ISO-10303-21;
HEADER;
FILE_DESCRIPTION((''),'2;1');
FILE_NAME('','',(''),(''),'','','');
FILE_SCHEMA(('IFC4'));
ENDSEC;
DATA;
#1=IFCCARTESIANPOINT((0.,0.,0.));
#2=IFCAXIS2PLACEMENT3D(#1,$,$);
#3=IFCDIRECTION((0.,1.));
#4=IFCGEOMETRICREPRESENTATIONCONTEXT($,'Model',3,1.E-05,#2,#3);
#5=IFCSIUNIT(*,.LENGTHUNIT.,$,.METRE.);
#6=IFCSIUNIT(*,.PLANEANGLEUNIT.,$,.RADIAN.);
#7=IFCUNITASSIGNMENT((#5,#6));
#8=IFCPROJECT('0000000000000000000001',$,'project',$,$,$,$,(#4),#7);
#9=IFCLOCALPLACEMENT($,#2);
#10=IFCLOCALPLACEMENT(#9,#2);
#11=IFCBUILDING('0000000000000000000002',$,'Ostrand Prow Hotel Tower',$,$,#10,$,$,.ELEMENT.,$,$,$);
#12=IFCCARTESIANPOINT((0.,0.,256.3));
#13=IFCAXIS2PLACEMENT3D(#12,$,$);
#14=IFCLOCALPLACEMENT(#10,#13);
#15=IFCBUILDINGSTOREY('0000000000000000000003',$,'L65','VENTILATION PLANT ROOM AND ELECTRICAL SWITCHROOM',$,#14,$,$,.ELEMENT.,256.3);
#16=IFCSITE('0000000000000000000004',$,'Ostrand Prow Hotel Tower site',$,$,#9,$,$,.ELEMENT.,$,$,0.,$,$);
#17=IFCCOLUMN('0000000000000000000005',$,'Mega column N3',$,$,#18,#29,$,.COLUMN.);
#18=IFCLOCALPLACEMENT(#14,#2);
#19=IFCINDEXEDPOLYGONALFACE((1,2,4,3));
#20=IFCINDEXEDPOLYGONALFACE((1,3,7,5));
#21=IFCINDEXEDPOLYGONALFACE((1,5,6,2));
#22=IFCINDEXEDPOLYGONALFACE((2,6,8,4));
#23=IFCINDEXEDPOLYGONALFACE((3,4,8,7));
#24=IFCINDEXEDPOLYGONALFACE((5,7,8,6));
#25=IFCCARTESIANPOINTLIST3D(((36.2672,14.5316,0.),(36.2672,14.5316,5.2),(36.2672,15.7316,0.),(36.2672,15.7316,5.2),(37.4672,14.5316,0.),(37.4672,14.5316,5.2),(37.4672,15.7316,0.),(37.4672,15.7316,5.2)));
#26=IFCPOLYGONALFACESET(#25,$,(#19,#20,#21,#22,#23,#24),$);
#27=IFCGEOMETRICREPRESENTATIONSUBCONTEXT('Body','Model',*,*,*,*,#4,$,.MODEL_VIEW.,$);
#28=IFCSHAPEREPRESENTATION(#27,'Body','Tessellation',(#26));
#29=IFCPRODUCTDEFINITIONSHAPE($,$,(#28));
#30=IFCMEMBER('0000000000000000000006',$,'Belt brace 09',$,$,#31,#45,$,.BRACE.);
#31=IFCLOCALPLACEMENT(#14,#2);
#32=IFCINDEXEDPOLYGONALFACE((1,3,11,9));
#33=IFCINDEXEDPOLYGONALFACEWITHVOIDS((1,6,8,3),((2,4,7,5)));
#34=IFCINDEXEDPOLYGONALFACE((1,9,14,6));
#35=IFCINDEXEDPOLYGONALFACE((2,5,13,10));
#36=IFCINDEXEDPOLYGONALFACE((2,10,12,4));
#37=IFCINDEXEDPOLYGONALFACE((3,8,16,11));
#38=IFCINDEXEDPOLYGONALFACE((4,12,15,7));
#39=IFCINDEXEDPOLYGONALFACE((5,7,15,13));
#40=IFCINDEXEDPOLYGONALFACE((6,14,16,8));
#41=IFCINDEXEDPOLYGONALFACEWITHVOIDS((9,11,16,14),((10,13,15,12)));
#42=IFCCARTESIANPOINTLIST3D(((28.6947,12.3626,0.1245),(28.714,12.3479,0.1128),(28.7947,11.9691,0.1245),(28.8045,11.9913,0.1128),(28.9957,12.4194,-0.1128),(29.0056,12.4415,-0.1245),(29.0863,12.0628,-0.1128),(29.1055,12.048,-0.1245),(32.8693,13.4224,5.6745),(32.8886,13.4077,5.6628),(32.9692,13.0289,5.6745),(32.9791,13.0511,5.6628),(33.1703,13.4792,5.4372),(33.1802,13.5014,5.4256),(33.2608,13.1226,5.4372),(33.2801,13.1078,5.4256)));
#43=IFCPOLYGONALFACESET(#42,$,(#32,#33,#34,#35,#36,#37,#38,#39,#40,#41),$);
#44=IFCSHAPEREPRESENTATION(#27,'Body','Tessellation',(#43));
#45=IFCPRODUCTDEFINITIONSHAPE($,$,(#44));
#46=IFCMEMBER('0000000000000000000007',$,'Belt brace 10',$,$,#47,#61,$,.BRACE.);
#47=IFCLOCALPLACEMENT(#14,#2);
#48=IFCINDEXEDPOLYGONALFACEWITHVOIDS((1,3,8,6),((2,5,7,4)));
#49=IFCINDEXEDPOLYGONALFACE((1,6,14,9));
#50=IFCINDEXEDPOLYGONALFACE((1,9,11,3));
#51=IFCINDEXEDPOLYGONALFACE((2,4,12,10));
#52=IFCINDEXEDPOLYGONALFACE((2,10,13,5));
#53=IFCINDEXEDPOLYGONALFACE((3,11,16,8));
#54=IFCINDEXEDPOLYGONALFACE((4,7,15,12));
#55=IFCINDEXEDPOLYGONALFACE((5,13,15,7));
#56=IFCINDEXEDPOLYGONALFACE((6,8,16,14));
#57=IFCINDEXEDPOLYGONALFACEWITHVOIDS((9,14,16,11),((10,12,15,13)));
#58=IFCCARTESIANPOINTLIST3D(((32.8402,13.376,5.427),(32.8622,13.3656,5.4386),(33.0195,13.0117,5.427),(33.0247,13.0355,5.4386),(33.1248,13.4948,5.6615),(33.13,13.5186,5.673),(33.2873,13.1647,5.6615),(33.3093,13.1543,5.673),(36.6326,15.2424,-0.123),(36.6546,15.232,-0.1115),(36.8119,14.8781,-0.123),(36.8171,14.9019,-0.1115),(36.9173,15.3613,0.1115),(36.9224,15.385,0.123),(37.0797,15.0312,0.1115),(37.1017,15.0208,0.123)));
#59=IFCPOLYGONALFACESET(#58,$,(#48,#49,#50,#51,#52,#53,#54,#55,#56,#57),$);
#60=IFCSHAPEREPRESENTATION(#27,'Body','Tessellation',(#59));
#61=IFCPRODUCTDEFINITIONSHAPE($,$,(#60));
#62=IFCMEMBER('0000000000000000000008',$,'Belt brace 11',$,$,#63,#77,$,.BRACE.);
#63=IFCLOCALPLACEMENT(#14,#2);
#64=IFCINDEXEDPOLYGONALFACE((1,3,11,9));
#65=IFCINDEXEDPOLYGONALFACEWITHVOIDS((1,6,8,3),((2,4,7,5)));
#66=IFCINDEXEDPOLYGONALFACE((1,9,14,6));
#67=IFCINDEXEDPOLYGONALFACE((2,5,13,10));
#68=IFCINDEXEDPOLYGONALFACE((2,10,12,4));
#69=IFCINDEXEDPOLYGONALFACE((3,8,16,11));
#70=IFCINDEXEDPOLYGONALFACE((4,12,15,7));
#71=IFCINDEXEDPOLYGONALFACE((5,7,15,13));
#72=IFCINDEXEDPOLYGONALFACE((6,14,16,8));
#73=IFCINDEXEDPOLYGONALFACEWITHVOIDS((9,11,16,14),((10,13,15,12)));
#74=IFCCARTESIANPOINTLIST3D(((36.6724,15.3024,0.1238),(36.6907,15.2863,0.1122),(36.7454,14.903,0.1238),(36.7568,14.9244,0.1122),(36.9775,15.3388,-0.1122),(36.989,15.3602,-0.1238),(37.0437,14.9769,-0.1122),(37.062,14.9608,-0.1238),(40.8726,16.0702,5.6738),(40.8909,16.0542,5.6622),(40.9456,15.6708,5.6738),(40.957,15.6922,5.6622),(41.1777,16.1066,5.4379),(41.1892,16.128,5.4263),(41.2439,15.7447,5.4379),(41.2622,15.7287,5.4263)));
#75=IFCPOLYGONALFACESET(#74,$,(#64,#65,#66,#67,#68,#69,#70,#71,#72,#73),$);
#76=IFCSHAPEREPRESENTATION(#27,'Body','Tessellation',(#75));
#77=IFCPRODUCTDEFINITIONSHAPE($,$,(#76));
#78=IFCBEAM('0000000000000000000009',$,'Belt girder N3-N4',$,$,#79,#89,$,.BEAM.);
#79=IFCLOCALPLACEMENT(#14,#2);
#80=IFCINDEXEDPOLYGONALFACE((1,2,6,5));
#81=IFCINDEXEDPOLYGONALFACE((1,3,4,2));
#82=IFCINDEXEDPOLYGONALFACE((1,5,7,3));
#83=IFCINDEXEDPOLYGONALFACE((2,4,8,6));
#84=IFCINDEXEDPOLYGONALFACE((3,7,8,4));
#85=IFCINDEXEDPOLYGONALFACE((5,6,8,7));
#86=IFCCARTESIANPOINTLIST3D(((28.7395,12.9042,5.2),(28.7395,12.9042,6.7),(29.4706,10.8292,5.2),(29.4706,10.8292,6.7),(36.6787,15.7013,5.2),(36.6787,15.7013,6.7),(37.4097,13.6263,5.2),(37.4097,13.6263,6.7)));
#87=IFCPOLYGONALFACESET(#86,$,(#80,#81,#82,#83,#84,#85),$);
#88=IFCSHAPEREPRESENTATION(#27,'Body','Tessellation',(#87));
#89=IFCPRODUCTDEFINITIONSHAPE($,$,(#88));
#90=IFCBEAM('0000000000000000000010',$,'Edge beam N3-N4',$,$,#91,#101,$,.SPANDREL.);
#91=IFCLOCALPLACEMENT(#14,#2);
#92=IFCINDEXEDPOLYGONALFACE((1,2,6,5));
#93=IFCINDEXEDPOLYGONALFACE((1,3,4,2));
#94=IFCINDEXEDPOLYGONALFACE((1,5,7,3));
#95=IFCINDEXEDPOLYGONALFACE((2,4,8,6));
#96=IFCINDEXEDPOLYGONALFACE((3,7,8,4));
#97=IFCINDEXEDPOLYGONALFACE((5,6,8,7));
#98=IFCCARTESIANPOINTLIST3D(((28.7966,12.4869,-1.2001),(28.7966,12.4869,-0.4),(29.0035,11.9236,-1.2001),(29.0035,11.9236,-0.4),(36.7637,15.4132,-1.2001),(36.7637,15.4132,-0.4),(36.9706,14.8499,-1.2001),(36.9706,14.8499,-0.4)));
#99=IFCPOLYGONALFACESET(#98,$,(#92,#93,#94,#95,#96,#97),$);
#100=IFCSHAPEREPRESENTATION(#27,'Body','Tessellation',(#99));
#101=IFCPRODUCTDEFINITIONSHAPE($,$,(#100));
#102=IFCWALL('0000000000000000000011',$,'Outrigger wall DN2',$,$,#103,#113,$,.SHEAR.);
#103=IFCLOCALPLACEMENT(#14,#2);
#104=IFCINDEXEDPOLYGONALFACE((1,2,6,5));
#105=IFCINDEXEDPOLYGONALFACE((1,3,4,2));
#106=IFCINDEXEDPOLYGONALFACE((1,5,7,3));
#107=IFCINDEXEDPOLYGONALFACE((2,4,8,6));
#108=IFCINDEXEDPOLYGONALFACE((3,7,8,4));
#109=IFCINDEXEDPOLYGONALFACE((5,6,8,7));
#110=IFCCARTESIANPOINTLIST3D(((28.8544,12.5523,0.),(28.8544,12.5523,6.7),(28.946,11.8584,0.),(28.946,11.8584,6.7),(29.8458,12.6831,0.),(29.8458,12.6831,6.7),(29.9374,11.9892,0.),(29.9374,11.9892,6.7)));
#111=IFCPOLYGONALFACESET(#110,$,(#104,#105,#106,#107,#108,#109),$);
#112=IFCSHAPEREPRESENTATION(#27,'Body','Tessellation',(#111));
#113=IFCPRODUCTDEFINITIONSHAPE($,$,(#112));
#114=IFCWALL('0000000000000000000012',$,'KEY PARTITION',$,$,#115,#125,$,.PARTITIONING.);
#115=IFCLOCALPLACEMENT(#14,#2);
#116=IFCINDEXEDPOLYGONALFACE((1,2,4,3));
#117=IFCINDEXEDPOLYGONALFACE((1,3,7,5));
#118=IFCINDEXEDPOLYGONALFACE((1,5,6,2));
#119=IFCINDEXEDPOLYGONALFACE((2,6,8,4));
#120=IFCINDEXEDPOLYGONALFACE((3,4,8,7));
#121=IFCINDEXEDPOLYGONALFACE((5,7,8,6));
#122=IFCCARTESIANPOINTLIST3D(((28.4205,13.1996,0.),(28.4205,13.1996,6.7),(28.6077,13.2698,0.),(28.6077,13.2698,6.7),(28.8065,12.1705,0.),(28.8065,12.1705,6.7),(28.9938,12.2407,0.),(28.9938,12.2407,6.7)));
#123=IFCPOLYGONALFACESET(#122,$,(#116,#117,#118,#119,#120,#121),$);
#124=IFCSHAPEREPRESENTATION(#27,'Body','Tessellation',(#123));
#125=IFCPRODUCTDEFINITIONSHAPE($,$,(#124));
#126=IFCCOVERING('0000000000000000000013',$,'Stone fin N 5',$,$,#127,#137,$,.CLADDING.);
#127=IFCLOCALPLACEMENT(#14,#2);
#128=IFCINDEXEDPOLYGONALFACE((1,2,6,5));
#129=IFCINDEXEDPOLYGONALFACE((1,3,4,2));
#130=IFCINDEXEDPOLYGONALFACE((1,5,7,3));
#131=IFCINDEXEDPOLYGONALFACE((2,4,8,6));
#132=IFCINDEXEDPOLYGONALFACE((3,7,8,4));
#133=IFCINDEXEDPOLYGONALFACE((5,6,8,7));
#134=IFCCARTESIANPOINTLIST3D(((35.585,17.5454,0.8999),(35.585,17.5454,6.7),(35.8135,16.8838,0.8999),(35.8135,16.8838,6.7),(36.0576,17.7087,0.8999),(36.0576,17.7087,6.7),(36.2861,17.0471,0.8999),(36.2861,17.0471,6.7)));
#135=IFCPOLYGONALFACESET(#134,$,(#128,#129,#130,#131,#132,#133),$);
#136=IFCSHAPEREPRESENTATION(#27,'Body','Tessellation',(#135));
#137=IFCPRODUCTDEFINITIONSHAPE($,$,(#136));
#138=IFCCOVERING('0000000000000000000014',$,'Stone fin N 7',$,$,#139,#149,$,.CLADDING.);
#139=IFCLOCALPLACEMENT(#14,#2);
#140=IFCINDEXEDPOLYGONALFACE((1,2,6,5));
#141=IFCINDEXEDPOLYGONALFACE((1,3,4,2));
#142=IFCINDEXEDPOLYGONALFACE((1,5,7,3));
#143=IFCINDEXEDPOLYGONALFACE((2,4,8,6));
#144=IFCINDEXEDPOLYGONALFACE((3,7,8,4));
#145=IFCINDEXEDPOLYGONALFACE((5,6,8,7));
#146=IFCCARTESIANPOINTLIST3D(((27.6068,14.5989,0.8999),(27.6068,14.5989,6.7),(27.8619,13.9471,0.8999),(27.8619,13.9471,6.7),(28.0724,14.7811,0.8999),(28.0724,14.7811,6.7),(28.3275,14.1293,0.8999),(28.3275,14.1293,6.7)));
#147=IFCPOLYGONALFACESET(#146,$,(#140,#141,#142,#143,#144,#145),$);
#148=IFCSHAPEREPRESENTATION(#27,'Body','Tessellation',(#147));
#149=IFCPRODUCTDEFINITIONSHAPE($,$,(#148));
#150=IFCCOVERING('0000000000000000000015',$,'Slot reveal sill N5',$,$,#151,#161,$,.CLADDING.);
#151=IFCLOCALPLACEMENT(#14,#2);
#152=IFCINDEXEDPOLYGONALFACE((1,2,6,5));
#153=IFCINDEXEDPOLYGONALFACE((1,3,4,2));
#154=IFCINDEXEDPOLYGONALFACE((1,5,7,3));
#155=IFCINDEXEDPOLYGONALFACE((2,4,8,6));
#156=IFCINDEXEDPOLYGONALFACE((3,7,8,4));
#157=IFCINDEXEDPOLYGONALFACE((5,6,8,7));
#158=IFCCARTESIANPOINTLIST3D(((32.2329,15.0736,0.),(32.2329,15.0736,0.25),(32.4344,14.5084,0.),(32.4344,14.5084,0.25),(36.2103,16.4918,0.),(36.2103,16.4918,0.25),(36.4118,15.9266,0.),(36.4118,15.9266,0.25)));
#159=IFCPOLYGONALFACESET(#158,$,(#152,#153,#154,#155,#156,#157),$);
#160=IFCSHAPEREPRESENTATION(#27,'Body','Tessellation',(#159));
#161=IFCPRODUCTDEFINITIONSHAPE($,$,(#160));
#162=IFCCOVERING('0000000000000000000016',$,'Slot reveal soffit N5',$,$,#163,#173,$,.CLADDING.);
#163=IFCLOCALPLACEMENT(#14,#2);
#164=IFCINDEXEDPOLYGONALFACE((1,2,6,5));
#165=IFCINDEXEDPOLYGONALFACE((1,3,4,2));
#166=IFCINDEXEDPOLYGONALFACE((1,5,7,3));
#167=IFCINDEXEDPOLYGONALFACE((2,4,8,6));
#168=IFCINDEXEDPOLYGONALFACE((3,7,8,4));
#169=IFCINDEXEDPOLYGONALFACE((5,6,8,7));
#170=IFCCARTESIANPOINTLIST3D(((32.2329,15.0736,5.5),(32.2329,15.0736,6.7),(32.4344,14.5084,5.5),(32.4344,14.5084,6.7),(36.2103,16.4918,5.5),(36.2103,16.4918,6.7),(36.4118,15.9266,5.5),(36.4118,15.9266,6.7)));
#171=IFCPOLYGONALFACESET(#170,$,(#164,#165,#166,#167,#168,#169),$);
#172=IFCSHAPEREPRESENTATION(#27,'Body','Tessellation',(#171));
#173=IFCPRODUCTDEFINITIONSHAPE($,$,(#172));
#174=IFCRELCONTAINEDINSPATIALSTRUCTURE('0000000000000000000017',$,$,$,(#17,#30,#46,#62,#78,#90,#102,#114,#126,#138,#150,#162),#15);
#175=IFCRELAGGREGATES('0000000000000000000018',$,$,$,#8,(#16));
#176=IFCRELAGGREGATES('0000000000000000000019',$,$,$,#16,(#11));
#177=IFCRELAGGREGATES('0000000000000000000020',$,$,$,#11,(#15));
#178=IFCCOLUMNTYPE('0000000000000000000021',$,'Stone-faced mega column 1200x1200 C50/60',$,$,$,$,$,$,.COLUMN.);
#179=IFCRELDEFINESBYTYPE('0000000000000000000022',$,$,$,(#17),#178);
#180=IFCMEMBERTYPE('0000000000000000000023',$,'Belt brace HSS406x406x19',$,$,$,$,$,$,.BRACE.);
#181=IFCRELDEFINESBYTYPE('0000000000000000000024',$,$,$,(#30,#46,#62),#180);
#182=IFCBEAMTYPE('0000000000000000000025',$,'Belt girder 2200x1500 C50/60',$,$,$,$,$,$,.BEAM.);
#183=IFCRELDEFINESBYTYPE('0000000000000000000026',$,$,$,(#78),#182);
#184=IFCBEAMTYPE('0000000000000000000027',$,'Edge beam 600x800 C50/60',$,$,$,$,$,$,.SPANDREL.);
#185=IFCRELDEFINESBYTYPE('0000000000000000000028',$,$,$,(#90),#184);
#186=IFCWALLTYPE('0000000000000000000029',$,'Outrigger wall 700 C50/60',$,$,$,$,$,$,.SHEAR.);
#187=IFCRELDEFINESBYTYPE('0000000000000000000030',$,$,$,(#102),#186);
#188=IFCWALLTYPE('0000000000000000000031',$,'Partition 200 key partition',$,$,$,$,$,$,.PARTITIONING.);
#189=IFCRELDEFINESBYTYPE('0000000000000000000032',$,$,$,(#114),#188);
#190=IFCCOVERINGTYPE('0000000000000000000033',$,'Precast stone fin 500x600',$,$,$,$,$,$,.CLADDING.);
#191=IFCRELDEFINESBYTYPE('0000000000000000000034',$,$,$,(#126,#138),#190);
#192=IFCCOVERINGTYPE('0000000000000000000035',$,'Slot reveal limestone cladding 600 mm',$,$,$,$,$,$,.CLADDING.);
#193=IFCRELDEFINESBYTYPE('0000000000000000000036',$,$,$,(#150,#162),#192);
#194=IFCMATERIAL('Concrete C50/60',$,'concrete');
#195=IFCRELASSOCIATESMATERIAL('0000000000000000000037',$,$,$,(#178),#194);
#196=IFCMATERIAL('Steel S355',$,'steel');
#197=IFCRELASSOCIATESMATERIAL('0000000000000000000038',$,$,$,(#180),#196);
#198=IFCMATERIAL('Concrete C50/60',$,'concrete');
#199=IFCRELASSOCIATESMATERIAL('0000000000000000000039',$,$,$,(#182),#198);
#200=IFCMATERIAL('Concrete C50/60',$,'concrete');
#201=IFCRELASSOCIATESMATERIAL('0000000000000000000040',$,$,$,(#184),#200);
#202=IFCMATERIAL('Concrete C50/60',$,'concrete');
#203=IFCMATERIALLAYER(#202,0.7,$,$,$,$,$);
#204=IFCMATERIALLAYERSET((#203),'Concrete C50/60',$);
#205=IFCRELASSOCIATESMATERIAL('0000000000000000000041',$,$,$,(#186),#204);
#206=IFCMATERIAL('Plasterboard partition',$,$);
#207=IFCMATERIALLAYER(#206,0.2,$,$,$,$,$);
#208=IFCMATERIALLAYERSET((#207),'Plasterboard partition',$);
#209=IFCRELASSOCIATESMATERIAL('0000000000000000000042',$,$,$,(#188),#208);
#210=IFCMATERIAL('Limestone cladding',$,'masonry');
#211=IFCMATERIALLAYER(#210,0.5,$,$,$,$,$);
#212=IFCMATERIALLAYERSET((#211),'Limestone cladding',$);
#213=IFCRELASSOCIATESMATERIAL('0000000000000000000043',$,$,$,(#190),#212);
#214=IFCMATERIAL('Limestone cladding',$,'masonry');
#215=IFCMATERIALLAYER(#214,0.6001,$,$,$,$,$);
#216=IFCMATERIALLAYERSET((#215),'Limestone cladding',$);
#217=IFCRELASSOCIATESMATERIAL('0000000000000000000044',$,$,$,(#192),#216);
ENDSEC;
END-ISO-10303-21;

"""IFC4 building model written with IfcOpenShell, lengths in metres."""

from ifc_helpers import new_model, si_unit, direction, frame, frame_2d, origin, origin_2d, place, context, subcontext, project, spatial, rectangle, hollow_rectangle, extrude, material, layer, layer_set, material_profile, profile_set, type_object, element, save


model = new_model("IFC4")

# Units and contexts
model_context = context("Model", 3, precision=1e-05, world=origin(), true_north=direction((0.0, 1.0)))
body_context = subcontext(model_context, "Body", "Model", "MODEL_VIEW")
ifc_project = project(units=[si_unit("LENGTHUNIT", "METRE"), si_unit("PLANEANGLEUNIT", "RADIAN")], contexts=[model_context])

# Site, building, storey
site_placement = place(None, origin())
site = spatial("IfcSite", under=ifc_project, at=site_placement, Name="Ostrand Prow Hotel Tower site", CompositionType="ELEMENT", RefElevation=0.0)
building_placement = place(site_placement, origin())
building = spatial("IfcBuilding", under=site, at=building_placement, Name="Ostrand Prow Hotel Tower", CompositionType="ELEMENT")
storey_placement = place(building_placement, frame((0.0, 0.0, 256.3)))
storey = spatial("IfcBuildingStorey", under=building, at=storey_placement, Name="L65", Description="VENTILATION PLANT ROOM AND ELECTRICAL SWITCHROOM", CompositionType="ELEMENT", Elevation=256.3)

# Column
ifc_material_1 = material(Name="Concrete C50/60", Category="concrete")
ifc_material_profile_1 = material_profile(ifc_material_1, rectangle(XDim=1.2, YDim=1.2, at=origin_2d()), Name="RC 1200x1200")
ifc_profile_set_1 = profile_set([ifc_material_profile_1], Name="Concrete C50/60")
column_type = type_object("IfcColumnType", Name="Stone-faced mega column 1200x1200 C50/60", PredefinedType="COLUMN", material=ifc_profile_set_1)
column_placement = place(storey_placement, frame((36.8672, 15.1316, 0.0), z_axis=(0.0, 0.0, 1.0), x_axis=(1.0, 0.0, 0.0)))
element("IfcColumn", 1, at=column_placement, inside=storey, type_object=column_type, Name="Mega column N3", PredefinedType="COLUMN", context=body_context, shape_type="SweptSolid", body=[
    extrude(rectangle(XDim=1.2, YDim=1.2, at=origin_2d()), origin(), (0.0, 0.0, 1.0), 5.2),
])

# Members
ifc_material_2 = material(Name="Steel S355", Category="steel")
ifc_material_profile_2 = material_profile(ifc_material_2, hollow_rectangle(XDim=0.406, YDim=0.406, WallThickness=0.019, at=origin_2d()), Name="HSS406x406x19")
ifc_profile_set_2 = profile_set([ifc_material_profile_2], Name="Steel S355")
member_type = type_object("IfcMemberType", Name="Belt brace HSS406x406x19", PredefinedType="BRACE", material=ifc_profile_set_2)
member_1_placement = place(storey_placement, frame((28.9001, 12.2053, 0.0), z_axis=(0.594228, 0.150859, 0.790022), x_axis=(-0.246068, 0.969252, 0.0)))
element("IfcMember", 2, at=member_1_placement, inside=storey, type_object=member_type, Name="Belt brace 09", PredefinedType="BRACE", context=body_context, shape_type="SweptSolid", body=[
    extrude(hollow_rectangle(XDim=0.406, YDim=0.406, WallThickness=0.019, at=origin_2d()), origin(), (0.0, 0.0, 1.0), 7.0251),
])
member_2_placement = place(storey_placement, frame((36.8672, 15.1316, 0.0), z_axis=(-0.543619, -0.26754, 0.795551), x_axis=(0.441567, -0.897228, 0.0)))
element("IfcMember", 3, at=member_2_placement, inside=storey, type_object=member_type, Name="Belt brace 10", PredefinedType="BRACE", context=body_context, shape_type="SweptSolid", body=[
    extrude(hollow_rectangle(XDim=0.406, YDim=0.406, WallThickness=0.019, at=origin_2d()), origin(), (0.0, 0.0, 1.0), 6.9763),
])
member_3_placement = place(storey_placement, frame((36.8672, 15.1316, 0.0), z_axis=(0.599818, 0.109651, 0.792587), x_axis=(-0.179826, 0.983698, 0.0)))
element("IfcMember", 4, at=member_3_placement, inside=storey, type_object=member_type, Name="Belt brace 11", PredefinedType="BRACE", context=body_context, shape_type="SweptSolid", body=[
    extrude(hollow_rectangle(XDim=0.406, YDim=0.406, WallThickness=0.019, at=origin_2d()), origin(), (0.0, 0.0, 1.0), 7.0024),
])

# Beams
ifc_material_3 = material(Name="Concrete C50/60", Category="concrete")
ifc_material_profile_3 = material_profile(ifc_material_3, rectangle(XDim=2.2, YDim=1.5, at=origin_2d()), Name="RC 2200x1500")
ifc_profile_set_3 = profile_set([ifc_material_profile_3], Name="Concrete C50/60")
beam_type_1 = type_object("IfcBeamType", Name="Belt girder 2200x1500 C50/60", PredefinedType="BEAM", material=ifc_profile_set_3)
beam_1_placement = place(storey_placement, frame((37.0442, 14.6638, 5.95), z_axis=(-0.943175, -0.332297, 0.0), x_axis=(0.332297, -0.943175, 0.0)))
element("IfcBeam", 5, at=beam_1_placement, inside=storey, type_object=beam_type_1, Name="Belt girder N3-N4", PredefinedType="BEAM", context=body_context, shape_type="SweptSolid", body=[
    extrude(rectangle(XDim=2.2, YDim=1.5, at=origin_2d()), origin(), (0.0, 0.0, 1.0), 8.4175),
])
ifc_material_4 = material(Name="Concrete C50/60", Category="concrete")
ifc_material_profile_4 = material_profile(ifc_material_4, rectangle(XDim=0.6001, YDim=0.8, at=origin_2d()), Name="RC 600x800")
ifc_profile_set_4 = profile_set([ifc_material_profile_4], Name="Concrete C50/60")
beam_type_2 = type_object("IfcBeamType", Name="Edge beam 600x800 C50/60", PredefinedType="SPANDREL", material=ifc_profile_set_4)
beam_2_placement = place(storey_placement, frame((36.8672, 15.1316, -0.8), z_axis=(-0.938685, -0.344776, 0.0), x_axis=(0.344776, -0.938685, 0.0)))
element("IfcBeam", 6, at=beam_2_placement, inside=storey, type_object=beam_type_2, Name="Edge beam N3-N4", PredefinedType="SPANDREL", context=body_context, shape_type="SweptSolid", body=[
    extrude(rectangle(XDim=0.6001, YDim=0.8, at=origin_2d()), origin(), (0.0, 0.0, 1.0), 8.4875),
])

# Walls
ifc_material_5 = material(Name="Concrete C50/60", Category="concrete")
ifc_layer_1 = layer(ifc_material_5, 0.7)
ifc_layer_set_1 = layer_set([ifc_layer_1], Name="Concrete C50/60")
wall_type_1 = type_object("IfcWallType", Name="Outrigger wall 700 C50/60", PredefinedType="SHEAR", material=ifc_layer_set_1)
wall_1_placement = place(storey_placement, frame((29.8916, 12.3362, 0.0), z_axis=(0.0, 0.0, 1.0), x_axis=(-0.991402, -0.130852, 0.0)))
element("IfcWall", 7, at=wall_1_placement, inside=storey, type_object=wall_type_1, Name="Outrigger wall DN2", PredefinedType="SHEAR", context=body_context, shape_type="SweptSolid", body=[
    extrude(rectangle(XDim=1.0, YDim=0.7, at=frame_2d((0.5, 0.0))), origin(), (0.0, 0.0, 1.0), 6.7),
])
ifc_material_6 = material(Name="Plasterboard partition")
ifc_layer_2 = layer(ifc_material_6, 0.2)
ifc_layer_set_2 = layer_set([ifc_layer_2], Name="Plasterboard partition")
wall_type_2 = type_object("IfcWallType", Name="Partition 200 key partition", PredefinedType="PARTITIONING", material=ifc_layer_set_2)
wall_2_placement = place(storey_placement, frame((28.9001, 12.2056, 0.0), z_axis=(0.0, 0.0, 1.0), x_axis=(-0.351196, 0.936302, 0.0)))
element("IfcWall", 8, at=wall_2_placement, inside=storey, type_object=wall_type_2, Name="KEY PARTITION", PredefinedType="PARTITIONING", context=body_context, shape_type="SweptSolid", body=[
    extrude(rectangle(XDim=1.0991, YDim=0.2, at=frame_2d((0.5496, 0.0))), origin(), (0.0, 0.0, 1.0), 6.7),
])

# Coverings
ifc_material_7 = material(Name="Limestone cladding", Category="masonry")
ifc_layer_3 = layer(ifc_material_7, 0.5)
ifc_layer_set_3 = layer_set([ifc_layer_3], Name="Limestone cladding")
covering_type_1 = type_object("IfcCoveringType", Name="Precast stone fin 500x600", PredefinedType="CLADDING", material=ifc_layer_set_3)
for number, where, z_axis, x_axis, name in (
    (9, (36.0498, 16.9653, 0.8999), (0.0, 0.0, 1.0), (-0.326464, 0.94521, 0.0), "Stone fin N 5"),
    (10, (28.0947, 14.0381, 0.8999), (0.0, 0.0, 1.0), (-0.364465, 0.931217, 0.0), "Stone fin N 7"),
):
    element("IfcCovering", number, at=place(storey_placement, frame(where, z_axis=z_axis, x_axis=x_axis)), inside=storey, type_object=covering_type_1, Name=name, PredefinedType="CLADDING", context=body_context, shape_type="SweptSolid", body=[
        extrude(rectangle(XDim=0.7, YDim=0.5, at=frame_2d((0.3501, 0.0))), origin(), (0.0, 0.0, 1.0), 5.8),
    ])
ifc_material_8 = material(Name="Limestone cladding", Category="masonry")
ifc_layer_4 = layer(ifc_material_8, 0.6001)
ifc_layer_set_4 = layer_set([ifc_layer_4], Name="Limestone cladding")
covering_type_2 = type_object("IfcCoveringType", Name="Slot reveal limestone cladding 600 mm", PredefinedType="CLADDING", material=ifc_layer_set_4)
covering_1_placement = place(storey_placement, frame((36.311, 16.2092, 0.0), z_axis=(0.0, 0.0, 1.0), x_axis=(-0.941911, -0.335864, 0.0)))
element("IfcCovering", 11, at=covering_1_placement, inside=storey, type_object=covering_type_2, Name="Slot reveal sill N5", PredefinedType="CLADDING", context=body_context, shape_type="SweptSolid", body=[
    extrude(rectangle(XDim=4.2227, YDim=0.6001, at=frame_2d((2.1113, 0.0))), origin(), (0.0, 0.0, 1.0), 0.25),
])
covering_2_placement = place(storey_placement, frame((36.311, 16.2092, 5.5), z_axis=(0.0, 0.0, 1.0), x_axis=(-0.941911, -0.335864, 0.0)))
element("IfcCovering", 12, at=covering_2_placement, inside=storey, type_object=covering_type_2, Name="Slot reveal soffit N5", PredefinedType="CLADDING", context=body_context, shape_type="SweptSolid", body=[
    extrude(rectangle(XDim=4.2227, YDim=0.6001, at=frame_2d((2.1113, 0.0))), origin(), (0.0, 0.0, 1.0), 1.2),
])

save(model, "model.ifc")
